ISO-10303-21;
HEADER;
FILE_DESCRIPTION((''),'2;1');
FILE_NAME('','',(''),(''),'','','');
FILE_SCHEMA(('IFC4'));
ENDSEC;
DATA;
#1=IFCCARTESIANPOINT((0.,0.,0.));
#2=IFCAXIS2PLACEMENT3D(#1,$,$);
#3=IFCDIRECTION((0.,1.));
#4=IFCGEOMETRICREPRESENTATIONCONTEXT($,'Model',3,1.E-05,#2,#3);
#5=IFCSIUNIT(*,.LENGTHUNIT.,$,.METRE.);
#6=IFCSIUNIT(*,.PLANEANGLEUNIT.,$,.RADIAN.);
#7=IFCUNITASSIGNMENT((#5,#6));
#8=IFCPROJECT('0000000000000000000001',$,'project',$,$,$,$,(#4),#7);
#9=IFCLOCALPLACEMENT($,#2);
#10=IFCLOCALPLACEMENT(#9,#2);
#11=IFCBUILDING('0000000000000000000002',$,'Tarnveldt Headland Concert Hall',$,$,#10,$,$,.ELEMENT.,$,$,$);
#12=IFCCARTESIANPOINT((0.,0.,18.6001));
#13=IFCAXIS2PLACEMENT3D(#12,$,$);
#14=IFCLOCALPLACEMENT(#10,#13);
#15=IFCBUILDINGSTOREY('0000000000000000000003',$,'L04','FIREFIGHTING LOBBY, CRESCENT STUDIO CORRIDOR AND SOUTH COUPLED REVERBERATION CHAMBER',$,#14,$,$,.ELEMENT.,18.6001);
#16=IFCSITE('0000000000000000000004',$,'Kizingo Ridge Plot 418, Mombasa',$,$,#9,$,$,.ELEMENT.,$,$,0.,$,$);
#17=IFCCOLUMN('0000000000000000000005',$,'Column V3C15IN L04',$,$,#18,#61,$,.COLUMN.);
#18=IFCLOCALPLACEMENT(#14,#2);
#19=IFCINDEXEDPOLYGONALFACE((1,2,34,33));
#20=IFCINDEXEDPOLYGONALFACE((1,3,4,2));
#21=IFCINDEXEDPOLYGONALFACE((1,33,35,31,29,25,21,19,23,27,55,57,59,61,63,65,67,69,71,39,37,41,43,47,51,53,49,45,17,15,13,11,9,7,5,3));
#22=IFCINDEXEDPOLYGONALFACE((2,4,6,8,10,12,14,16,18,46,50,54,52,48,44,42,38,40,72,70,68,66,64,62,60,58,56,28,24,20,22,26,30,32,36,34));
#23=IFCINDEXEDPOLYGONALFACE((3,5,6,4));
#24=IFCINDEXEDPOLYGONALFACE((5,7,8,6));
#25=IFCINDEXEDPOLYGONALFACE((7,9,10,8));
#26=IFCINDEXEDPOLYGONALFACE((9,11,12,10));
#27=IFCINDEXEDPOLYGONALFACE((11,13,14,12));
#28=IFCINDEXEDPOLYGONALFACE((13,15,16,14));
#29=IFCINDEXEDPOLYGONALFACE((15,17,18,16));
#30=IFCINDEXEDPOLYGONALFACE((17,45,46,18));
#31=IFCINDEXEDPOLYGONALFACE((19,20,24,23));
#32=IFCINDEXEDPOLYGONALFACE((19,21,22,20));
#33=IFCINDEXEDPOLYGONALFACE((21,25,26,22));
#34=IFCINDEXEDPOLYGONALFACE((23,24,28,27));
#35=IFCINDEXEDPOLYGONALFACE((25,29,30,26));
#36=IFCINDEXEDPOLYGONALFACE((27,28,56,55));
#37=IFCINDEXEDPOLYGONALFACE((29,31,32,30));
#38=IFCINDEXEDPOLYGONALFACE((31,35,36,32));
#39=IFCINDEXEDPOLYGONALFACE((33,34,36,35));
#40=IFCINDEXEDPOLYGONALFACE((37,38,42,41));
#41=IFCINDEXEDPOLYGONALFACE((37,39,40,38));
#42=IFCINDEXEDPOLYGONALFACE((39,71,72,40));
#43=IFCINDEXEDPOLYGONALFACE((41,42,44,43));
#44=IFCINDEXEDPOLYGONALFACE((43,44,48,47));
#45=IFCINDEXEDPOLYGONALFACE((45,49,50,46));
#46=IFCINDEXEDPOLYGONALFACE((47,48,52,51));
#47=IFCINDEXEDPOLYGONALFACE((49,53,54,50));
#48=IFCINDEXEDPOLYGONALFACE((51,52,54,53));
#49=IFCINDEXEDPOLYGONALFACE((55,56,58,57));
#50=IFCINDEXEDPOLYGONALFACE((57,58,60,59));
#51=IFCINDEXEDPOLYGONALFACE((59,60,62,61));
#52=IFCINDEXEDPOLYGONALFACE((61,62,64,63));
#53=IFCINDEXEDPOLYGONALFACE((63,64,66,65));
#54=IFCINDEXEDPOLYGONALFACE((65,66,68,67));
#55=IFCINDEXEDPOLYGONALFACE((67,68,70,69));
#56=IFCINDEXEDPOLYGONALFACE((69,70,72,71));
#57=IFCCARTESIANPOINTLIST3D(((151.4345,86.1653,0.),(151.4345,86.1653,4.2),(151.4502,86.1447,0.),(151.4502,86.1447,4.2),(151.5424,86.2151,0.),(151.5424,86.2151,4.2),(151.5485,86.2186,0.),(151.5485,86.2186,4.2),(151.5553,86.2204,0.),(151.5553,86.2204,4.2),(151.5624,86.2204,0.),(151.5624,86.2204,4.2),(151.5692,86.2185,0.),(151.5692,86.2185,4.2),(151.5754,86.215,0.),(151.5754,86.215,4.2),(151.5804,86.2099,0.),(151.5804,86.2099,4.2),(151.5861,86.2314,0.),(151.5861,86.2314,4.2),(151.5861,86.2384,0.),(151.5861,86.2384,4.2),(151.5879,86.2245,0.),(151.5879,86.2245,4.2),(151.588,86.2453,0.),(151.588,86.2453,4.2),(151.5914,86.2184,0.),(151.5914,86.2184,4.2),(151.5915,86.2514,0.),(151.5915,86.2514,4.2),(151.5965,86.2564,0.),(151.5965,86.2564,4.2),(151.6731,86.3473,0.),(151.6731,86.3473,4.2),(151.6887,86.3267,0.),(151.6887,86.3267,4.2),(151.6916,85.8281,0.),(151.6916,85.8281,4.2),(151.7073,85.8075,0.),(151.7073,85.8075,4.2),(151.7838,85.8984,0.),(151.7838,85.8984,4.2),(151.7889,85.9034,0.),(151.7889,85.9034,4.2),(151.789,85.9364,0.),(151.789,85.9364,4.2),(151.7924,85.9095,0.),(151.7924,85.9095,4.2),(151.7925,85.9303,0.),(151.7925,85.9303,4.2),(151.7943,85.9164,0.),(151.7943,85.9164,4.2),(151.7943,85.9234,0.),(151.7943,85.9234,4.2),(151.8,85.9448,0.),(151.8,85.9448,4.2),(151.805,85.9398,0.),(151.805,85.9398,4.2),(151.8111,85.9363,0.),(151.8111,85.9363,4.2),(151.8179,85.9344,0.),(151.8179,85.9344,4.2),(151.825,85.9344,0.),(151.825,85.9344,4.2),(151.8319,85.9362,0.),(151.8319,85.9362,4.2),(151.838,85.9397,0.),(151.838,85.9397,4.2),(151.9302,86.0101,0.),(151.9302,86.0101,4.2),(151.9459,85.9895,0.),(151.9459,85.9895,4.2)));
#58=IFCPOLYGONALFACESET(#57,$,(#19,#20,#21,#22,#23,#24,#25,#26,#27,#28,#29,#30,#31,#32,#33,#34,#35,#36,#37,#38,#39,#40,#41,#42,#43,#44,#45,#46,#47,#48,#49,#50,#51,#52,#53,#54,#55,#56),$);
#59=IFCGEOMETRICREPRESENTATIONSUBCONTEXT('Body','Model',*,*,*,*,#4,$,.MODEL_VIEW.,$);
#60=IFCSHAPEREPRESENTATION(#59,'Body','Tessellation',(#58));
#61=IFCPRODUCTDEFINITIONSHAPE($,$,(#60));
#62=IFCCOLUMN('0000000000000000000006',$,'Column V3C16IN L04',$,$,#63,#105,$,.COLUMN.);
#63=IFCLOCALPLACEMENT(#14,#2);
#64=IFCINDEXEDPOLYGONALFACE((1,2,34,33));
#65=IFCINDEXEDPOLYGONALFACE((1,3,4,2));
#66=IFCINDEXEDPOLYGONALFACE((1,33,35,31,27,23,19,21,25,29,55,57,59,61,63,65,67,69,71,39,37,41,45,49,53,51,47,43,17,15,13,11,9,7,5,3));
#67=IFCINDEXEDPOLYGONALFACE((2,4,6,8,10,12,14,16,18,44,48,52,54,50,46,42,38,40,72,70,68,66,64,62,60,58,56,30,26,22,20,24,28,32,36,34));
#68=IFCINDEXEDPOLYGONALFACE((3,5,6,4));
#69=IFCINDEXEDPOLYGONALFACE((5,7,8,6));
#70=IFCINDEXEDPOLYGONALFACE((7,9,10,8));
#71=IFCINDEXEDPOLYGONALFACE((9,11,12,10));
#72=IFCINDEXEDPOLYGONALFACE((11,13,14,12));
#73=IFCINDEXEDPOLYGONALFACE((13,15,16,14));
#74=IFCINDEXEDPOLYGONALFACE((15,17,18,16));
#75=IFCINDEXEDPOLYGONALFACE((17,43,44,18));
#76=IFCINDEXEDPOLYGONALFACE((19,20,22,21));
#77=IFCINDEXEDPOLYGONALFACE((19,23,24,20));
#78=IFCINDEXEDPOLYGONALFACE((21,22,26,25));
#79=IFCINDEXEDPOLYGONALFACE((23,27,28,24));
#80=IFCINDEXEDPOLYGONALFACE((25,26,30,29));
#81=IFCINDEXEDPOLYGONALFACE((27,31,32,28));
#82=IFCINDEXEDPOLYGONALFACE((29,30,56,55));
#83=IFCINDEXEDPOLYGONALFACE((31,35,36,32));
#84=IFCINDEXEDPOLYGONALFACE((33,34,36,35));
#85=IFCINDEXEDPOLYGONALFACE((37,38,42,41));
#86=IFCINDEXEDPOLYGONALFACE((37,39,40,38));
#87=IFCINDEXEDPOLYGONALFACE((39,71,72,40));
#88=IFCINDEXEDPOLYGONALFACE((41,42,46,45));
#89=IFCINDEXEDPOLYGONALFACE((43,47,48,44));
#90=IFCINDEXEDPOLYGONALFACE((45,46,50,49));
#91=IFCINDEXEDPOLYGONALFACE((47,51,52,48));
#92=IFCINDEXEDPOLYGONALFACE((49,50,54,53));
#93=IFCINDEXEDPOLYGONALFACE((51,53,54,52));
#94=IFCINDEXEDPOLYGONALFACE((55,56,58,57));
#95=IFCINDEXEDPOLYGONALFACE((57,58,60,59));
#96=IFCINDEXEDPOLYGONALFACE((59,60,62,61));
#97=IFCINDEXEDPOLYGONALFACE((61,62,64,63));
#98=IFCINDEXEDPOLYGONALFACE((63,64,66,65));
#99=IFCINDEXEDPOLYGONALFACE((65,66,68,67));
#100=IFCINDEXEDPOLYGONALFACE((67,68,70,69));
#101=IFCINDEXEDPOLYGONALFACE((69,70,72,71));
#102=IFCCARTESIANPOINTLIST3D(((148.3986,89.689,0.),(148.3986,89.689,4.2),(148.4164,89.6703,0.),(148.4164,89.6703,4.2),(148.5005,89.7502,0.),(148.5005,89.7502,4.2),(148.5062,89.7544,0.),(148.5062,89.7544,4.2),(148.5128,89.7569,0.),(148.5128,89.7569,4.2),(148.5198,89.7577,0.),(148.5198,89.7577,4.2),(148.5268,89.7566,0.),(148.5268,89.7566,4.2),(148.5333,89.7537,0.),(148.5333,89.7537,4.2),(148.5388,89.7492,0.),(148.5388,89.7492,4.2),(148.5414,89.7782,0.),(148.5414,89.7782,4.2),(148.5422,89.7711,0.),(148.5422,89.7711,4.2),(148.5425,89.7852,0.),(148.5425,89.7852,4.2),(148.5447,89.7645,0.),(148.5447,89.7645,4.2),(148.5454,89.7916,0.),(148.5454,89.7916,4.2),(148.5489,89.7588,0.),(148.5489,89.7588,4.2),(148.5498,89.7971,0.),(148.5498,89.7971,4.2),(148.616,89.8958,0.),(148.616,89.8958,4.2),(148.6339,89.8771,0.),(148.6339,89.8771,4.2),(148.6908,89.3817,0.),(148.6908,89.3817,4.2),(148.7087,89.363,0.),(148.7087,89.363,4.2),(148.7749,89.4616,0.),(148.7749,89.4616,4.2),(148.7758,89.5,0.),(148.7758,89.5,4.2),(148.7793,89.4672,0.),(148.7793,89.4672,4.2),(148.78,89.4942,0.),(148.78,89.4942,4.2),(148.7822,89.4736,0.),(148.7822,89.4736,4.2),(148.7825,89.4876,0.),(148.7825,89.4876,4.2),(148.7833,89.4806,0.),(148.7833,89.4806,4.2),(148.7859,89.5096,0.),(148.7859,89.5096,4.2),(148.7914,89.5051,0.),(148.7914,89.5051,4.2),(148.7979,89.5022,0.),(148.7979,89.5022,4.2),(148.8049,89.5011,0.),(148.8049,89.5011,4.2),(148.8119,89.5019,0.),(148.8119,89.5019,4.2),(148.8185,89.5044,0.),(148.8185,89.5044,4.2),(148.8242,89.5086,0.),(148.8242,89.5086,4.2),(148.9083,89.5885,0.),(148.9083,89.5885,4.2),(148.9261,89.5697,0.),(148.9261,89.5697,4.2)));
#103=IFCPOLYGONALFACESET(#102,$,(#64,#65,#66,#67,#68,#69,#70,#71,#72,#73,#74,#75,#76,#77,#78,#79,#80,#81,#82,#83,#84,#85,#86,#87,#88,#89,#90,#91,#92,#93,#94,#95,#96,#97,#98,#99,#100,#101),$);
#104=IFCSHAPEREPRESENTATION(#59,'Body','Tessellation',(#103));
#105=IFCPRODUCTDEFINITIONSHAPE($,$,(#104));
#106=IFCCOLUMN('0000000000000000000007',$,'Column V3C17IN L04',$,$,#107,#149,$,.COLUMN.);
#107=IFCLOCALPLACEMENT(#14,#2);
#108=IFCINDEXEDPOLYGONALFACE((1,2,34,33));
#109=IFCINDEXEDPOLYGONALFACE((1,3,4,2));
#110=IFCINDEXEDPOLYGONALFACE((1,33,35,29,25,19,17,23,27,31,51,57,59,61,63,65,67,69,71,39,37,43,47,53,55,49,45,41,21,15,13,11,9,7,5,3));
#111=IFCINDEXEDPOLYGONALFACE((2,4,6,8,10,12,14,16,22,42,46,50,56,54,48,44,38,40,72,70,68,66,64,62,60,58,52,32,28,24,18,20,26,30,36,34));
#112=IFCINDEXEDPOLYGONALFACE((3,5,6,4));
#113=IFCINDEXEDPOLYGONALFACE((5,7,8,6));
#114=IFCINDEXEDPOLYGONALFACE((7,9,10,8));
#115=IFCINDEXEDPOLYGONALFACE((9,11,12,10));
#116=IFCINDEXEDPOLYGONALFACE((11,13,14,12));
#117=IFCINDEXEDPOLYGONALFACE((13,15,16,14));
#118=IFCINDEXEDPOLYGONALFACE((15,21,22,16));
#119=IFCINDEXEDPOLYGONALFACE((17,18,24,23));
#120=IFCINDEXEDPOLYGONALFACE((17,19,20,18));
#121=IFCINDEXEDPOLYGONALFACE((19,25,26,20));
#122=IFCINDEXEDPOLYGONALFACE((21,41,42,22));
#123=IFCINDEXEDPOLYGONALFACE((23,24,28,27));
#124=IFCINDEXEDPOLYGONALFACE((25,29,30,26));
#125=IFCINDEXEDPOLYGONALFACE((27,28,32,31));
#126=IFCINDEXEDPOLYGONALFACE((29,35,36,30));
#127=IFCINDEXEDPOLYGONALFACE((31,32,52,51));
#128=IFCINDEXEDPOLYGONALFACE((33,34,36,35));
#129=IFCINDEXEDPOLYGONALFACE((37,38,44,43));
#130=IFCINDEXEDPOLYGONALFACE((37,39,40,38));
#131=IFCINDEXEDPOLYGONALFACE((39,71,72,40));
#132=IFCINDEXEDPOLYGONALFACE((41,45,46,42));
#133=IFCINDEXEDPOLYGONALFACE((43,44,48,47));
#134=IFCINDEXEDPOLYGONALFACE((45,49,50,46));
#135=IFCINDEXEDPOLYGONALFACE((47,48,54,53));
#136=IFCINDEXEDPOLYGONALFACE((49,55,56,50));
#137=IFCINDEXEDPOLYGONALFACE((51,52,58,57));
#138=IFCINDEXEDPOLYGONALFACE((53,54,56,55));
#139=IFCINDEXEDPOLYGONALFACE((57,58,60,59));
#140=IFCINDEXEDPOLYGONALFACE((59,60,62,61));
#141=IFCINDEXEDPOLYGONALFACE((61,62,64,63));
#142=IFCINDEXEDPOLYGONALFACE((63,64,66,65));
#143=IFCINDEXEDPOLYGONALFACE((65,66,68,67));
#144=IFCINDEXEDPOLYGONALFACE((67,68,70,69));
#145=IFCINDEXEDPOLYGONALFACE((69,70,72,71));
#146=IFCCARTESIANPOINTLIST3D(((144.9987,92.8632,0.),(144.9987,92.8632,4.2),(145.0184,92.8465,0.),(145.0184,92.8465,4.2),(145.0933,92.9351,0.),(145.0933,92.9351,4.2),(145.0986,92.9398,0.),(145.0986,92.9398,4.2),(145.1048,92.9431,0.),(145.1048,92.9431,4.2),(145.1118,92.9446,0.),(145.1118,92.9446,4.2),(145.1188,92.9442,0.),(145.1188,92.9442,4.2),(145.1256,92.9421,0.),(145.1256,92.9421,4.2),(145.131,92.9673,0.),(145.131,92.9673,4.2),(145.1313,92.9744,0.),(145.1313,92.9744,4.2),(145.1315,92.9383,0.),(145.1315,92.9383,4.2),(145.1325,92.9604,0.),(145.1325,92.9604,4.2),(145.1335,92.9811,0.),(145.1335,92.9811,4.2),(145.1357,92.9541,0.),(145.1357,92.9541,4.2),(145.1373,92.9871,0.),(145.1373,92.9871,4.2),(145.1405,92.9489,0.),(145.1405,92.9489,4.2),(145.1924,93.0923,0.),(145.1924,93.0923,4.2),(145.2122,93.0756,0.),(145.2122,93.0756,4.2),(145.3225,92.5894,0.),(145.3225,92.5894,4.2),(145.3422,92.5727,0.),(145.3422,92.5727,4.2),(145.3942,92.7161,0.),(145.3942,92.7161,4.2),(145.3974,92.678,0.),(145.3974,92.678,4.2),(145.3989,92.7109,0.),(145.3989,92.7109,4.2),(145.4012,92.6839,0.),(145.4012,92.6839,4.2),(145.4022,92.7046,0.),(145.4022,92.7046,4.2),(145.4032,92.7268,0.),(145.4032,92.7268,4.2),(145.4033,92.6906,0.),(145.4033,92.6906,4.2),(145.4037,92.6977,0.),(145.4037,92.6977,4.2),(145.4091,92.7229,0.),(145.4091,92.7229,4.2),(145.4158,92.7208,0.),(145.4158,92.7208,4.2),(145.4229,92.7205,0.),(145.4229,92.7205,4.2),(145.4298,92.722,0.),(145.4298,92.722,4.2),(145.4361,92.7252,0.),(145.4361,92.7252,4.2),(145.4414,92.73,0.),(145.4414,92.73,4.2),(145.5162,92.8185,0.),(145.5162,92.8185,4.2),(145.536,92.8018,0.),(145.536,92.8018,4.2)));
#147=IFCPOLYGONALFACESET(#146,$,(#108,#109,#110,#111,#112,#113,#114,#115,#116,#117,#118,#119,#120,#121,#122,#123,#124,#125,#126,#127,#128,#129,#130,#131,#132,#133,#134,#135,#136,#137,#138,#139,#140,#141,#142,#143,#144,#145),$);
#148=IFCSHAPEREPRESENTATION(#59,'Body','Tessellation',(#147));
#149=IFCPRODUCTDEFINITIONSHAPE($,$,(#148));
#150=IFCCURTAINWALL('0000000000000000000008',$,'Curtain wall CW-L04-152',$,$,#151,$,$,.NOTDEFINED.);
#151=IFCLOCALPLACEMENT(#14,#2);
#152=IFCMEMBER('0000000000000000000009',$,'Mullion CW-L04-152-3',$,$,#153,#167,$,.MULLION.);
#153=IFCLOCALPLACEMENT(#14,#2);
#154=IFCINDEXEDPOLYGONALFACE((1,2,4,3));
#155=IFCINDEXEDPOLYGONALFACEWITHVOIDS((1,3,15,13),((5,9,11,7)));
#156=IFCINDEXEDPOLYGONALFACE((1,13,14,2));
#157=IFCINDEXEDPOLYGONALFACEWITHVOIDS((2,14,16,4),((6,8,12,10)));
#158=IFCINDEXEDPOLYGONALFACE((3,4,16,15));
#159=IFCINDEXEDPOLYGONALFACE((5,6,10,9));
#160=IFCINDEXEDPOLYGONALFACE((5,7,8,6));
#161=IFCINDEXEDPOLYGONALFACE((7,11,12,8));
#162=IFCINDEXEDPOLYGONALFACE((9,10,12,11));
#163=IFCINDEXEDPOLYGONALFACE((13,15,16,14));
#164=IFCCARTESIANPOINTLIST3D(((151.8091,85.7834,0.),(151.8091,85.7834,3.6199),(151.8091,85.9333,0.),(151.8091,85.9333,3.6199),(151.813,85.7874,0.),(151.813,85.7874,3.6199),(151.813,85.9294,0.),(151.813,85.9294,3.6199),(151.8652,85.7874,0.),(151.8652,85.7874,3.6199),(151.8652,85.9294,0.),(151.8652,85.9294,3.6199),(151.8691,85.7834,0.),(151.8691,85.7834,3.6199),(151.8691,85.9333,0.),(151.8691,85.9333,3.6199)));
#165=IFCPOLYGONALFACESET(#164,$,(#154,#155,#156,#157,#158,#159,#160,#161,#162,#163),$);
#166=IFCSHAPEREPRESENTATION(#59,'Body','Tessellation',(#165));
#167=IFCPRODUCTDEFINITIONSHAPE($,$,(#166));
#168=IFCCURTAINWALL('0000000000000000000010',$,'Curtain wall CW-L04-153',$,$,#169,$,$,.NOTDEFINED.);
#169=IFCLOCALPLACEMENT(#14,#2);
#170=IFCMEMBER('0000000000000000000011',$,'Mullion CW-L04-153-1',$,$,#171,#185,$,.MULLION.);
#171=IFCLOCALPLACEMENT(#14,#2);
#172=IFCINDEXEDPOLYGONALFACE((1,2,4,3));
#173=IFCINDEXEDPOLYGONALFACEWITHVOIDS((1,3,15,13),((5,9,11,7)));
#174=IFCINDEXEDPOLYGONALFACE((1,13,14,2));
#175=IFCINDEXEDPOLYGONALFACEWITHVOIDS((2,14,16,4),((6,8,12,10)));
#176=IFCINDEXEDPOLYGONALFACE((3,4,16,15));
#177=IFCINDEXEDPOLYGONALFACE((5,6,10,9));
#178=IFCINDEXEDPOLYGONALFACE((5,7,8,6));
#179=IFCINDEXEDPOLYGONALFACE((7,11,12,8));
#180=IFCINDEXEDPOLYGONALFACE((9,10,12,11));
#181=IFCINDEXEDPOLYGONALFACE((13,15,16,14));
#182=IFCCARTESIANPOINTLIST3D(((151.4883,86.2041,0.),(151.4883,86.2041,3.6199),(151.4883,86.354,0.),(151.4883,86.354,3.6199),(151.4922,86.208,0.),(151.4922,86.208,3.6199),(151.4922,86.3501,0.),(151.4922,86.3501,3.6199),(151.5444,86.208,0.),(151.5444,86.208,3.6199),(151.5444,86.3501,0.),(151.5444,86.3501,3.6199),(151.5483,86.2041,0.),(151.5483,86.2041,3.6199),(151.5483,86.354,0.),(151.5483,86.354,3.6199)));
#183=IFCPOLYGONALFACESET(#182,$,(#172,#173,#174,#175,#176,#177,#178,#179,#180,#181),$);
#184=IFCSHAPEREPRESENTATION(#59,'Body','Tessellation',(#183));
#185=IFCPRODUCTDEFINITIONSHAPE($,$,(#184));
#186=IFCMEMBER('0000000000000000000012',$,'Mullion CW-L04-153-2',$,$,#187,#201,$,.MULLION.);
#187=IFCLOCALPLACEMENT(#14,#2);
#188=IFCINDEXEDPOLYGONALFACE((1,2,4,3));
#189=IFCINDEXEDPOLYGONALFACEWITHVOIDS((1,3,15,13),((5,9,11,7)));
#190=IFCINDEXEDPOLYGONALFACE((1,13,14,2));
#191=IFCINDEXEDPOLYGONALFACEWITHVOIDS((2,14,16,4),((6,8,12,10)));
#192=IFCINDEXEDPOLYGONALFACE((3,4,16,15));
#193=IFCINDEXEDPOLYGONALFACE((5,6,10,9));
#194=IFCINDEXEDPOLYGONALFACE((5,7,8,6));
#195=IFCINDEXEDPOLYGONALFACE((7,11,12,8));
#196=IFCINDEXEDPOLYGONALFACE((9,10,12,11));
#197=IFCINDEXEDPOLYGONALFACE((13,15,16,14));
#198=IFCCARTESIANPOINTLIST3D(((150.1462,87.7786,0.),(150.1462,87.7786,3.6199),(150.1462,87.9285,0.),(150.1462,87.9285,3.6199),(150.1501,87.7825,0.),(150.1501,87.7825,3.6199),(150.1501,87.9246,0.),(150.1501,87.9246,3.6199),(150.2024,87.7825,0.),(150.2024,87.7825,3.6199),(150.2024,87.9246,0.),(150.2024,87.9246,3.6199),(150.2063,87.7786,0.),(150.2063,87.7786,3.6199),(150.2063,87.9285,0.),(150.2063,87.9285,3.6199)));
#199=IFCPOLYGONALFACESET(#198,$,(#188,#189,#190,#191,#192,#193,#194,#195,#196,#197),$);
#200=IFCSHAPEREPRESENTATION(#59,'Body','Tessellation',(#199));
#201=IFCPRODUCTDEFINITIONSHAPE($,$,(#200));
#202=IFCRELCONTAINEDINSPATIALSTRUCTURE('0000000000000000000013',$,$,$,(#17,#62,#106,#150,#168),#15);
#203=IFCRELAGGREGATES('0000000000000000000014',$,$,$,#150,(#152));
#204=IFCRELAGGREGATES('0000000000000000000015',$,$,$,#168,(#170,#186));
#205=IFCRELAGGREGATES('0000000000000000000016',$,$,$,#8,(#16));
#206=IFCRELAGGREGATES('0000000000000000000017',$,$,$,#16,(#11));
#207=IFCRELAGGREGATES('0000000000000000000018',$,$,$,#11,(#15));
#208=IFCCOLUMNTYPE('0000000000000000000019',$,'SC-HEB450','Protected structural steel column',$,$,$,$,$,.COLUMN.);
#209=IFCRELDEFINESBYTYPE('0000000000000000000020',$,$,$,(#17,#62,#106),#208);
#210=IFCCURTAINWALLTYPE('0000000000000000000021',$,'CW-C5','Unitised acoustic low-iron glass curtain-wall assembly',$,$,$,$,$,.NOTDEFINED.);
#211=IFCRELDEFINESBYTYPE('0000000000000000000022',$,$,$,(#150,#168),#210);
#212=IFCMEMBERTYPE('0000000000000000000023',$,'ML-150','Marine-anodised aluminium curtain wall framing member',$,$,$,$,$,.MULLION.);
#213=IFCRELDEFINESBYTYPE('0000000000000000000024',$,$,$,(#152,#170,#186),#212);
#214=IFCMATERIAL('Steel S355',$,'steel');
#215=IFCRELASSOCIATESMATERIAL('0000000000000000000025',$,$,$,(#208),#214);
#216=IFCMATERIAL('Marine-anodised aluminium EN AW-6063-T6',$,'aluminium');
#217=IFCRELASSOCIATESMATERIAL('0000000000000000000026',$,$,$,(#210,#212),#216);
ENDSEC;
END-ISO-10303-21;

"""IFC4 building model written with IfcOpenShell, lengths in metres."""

from ifc_helpers import new_model, si_unit, direction, frame, origin, origin_2d, place, context, subcontext, project, spatial, hollow_rectangle, i_section, extrude, material, material_profile, profile_set, type_object, element, aggregate, save


model = new_model("IFC4")

# Units and contexts
model_context = context("Model", 3, precision=1e-05, world=origin(), true_north=direction((0.0, 1.0)))
body_context = subcontext(model_context, "Body", "Model", "MODEL_VIEW")
ifc_project = project(units=[si_unit("LENGTHUNIT", "METRE"), si_unit("PLANEANGLEUNIT", "RADIAN")], contexts=[model_context])

# Site, building, storey
site_placement = place(None, origin())
site = spatial("IfcSite", under=ifc_project, at=site_placement, Name="Kizingo Ridge Plot 418, Mombasa", CompositionType="ELEMENT", RefElevation=0.0)
building_placement = place(site_placement, origin())
building = spatial("IfcBuilding", under=site, at=building_placement, Name="Tarnveldt Headland Concert Hall", CompositionType="ELEMENT")
storey_placement = place(building_placement, frame((0.0, 0.0, 18.6001)))
storey = spatial("IfcBuildingStorey", under=building, at=storey_placement, Name="L04", Description="FIREFIGHTING LOBBY, CRESCENT STUDIO CORRIDOR AND SOUTH COUPLED REVERBERATION CHAMBER", CompositionType="ELEMENT", Elevation=18.6001)

# Columns
ifc_material_1 = material(Name="Steel S355", Category="steel")
ifc_material_profile_1 = material_profile(ifc_material_1, i_section(OverallWidth=0.3, OverallDepth=0.45, WebThickness=0.0139, FlangeThickness=0.0259, FilletRadius=0.0271, at=origin_2d()), Name="HEB450", Category="steel")
ifc_profile_set_1 = profile_set([ifc_material_profile_1], Name="Steel S355")
column_type = type_object("IfcColumnType", Name="SC-HEB450", Description="Protected structural steel column", PredefinedType="COLUMN", material=ifc_profile_set_1)
for number, where, z_axis, x_axis, name in (
    (1, (151.6902, 86.0774, 0.0), (0.0, 0.0, 1.0), (0.795156, 0.606405, 0.0), "Column V3C15IN L04"),
    (2, (148.6624, 89.6294, 0.0), (0.0, 0.0, 1.0), (0.724653, 0.689114, 0.0), "Column V3C16IN L04"),
    (3, (145.2673, 92.8325, 0.0), (0.0, 0.0, 1.0), (0.645724, 0.763571, 0.0), "Column V3C17IN L04"),
):
    element("IfcColumn", number, at=place(storey_placement, frame(where, z_axis=z_axis, x_axis=x_axis)), inside=storey, type_object=column_type, Name=name, PredefinedType="COLUMN", context=body_context, shape_type="SweptSolid", body=[
        extrude(i_section(OverallWidth=0.3, OverallDepth=0.45, WebThickness=0.0139, FlangeThickness=0.0259, FilletRadius=0.0271, at=origin_2d()), origin(), (0.0, 0.0, 1.0), 4.2),
    ])

# Curtain wall, member
ifc_material_2 = material(Name="Marine-anodised aluminium EN AW-6063-T6", Category="aluminium")
curtain_wall_type = type_object("IfcCurtainWallType", Name="CW-C5", Description="Unitised acoustic low-iron glass curtain-wall assembly", PredefinedType="NOTDEFINED", material=ifc_material_2)
curtain_wall_1_placement = place(storey_placement, origin())
curtain_wall_1 = element("IfcCurtainWall", 4, at=curtain_wall_1_placement, inside=storey, type_object=curtain_wall_type, Name="Curtain wall CW-L04-152", PredefinedType="NOTDEFINED")
ifc_material_profile_2 = material_profile(ifc_material_2, hollow_rectangle(XDim=0.0601, YDim=0.1499, WallThickness=0.0039, at=origin_2d()), Name="ALU MULLION 60x150x4", Category="aluminium")
ifc_profile_set_2 = profile_set([ifc_material_profile_2], Name="Marine-anodised aluminium EN AW-6063-T6")
member_type_1 = type_object("IfcMemberType", Name="ML-150", Description="Marine-anodised aluminium curtain wall framing member", PredefinedType="MULLION", material=ifc_profile_set_2)
member_1_placement = place(storey_placement, frame((151.8391, 85.8584, 0.0), z_axis=(0.0, 0.0, 1.0), x_axis=(1.0, 0.0, 0.0)))
member_1 = element("IfcMember", 5, at=member_1_placement, type_object=member_type_1, Name="Mullion CW-L04-152-3", PredefinedType="MULLION", context=body_context, shape_type="SweptSolid", body=[
    extrude(hollow_rectangle(XDim=0.0601, YDim=0.1499, WallThickness=0.0039, at=origin_2d()), origin(), (0.0, 0.0, 1.0), 3.6199),
])
aggregate(curtain_wall_1, [member_1])

# Curtain wall, members
curtain_wall_2_placement = place(storey_placement, origin())
curtain_wall_2 = element("IfcCurtainWall", 6, at=curtain_wall_2_placement, inside=storey, type_object=curtain_wall_type, Name="Curtain wall CW-L04-153", PredefinedType="NOTDEFINED")
member_2_placement = place(storey_placement, frame((151.5183, 86.2791, 0.0), z_axis=(0.0, 0.0, 1.0), x_axis=(1.0, 0.0, 0.0)))
member_2 = element("IfcMember", 7, at=member_2_placement, type_object=member_type_1, Name="Mullion CW-L04-153-1", PredefinedType="MULLION", context=body_context, shape_type="SweptSolid", body=[
    extrude(hollow_rectangle(XDim=0.0601, YDim=0.1499, WallThickness=0.0039, at=origin_2d()), origin(), (0.0, 0.0, 1.0), 3.6199),
])
member_3_placement = place(storey_placement, frame((150.1763, 87.8535, 0.0), z_axis=(0.0, 0.0, 1.0), x_axis=(1.0, 0.0, 0.0)))
member_3 = element("IfcMember", 8, at=member_3_placement, type_object=member_type_1, Name="Mullion CW-L04-153-2", PredefinedType="MULLION", context=body_context, shape_type="SweptSolid", body=[
    extrude(hollow_rectangle(XDim=0.0601, YDim=0.1499, WallThickness=0.0039, at=origin_2d()), origin(), (0.0, 0.0, 1.0), 3.6199),
])

aggregate(curtain_wall_2, [member_2, member_3])

save(model, "model.ifc")
